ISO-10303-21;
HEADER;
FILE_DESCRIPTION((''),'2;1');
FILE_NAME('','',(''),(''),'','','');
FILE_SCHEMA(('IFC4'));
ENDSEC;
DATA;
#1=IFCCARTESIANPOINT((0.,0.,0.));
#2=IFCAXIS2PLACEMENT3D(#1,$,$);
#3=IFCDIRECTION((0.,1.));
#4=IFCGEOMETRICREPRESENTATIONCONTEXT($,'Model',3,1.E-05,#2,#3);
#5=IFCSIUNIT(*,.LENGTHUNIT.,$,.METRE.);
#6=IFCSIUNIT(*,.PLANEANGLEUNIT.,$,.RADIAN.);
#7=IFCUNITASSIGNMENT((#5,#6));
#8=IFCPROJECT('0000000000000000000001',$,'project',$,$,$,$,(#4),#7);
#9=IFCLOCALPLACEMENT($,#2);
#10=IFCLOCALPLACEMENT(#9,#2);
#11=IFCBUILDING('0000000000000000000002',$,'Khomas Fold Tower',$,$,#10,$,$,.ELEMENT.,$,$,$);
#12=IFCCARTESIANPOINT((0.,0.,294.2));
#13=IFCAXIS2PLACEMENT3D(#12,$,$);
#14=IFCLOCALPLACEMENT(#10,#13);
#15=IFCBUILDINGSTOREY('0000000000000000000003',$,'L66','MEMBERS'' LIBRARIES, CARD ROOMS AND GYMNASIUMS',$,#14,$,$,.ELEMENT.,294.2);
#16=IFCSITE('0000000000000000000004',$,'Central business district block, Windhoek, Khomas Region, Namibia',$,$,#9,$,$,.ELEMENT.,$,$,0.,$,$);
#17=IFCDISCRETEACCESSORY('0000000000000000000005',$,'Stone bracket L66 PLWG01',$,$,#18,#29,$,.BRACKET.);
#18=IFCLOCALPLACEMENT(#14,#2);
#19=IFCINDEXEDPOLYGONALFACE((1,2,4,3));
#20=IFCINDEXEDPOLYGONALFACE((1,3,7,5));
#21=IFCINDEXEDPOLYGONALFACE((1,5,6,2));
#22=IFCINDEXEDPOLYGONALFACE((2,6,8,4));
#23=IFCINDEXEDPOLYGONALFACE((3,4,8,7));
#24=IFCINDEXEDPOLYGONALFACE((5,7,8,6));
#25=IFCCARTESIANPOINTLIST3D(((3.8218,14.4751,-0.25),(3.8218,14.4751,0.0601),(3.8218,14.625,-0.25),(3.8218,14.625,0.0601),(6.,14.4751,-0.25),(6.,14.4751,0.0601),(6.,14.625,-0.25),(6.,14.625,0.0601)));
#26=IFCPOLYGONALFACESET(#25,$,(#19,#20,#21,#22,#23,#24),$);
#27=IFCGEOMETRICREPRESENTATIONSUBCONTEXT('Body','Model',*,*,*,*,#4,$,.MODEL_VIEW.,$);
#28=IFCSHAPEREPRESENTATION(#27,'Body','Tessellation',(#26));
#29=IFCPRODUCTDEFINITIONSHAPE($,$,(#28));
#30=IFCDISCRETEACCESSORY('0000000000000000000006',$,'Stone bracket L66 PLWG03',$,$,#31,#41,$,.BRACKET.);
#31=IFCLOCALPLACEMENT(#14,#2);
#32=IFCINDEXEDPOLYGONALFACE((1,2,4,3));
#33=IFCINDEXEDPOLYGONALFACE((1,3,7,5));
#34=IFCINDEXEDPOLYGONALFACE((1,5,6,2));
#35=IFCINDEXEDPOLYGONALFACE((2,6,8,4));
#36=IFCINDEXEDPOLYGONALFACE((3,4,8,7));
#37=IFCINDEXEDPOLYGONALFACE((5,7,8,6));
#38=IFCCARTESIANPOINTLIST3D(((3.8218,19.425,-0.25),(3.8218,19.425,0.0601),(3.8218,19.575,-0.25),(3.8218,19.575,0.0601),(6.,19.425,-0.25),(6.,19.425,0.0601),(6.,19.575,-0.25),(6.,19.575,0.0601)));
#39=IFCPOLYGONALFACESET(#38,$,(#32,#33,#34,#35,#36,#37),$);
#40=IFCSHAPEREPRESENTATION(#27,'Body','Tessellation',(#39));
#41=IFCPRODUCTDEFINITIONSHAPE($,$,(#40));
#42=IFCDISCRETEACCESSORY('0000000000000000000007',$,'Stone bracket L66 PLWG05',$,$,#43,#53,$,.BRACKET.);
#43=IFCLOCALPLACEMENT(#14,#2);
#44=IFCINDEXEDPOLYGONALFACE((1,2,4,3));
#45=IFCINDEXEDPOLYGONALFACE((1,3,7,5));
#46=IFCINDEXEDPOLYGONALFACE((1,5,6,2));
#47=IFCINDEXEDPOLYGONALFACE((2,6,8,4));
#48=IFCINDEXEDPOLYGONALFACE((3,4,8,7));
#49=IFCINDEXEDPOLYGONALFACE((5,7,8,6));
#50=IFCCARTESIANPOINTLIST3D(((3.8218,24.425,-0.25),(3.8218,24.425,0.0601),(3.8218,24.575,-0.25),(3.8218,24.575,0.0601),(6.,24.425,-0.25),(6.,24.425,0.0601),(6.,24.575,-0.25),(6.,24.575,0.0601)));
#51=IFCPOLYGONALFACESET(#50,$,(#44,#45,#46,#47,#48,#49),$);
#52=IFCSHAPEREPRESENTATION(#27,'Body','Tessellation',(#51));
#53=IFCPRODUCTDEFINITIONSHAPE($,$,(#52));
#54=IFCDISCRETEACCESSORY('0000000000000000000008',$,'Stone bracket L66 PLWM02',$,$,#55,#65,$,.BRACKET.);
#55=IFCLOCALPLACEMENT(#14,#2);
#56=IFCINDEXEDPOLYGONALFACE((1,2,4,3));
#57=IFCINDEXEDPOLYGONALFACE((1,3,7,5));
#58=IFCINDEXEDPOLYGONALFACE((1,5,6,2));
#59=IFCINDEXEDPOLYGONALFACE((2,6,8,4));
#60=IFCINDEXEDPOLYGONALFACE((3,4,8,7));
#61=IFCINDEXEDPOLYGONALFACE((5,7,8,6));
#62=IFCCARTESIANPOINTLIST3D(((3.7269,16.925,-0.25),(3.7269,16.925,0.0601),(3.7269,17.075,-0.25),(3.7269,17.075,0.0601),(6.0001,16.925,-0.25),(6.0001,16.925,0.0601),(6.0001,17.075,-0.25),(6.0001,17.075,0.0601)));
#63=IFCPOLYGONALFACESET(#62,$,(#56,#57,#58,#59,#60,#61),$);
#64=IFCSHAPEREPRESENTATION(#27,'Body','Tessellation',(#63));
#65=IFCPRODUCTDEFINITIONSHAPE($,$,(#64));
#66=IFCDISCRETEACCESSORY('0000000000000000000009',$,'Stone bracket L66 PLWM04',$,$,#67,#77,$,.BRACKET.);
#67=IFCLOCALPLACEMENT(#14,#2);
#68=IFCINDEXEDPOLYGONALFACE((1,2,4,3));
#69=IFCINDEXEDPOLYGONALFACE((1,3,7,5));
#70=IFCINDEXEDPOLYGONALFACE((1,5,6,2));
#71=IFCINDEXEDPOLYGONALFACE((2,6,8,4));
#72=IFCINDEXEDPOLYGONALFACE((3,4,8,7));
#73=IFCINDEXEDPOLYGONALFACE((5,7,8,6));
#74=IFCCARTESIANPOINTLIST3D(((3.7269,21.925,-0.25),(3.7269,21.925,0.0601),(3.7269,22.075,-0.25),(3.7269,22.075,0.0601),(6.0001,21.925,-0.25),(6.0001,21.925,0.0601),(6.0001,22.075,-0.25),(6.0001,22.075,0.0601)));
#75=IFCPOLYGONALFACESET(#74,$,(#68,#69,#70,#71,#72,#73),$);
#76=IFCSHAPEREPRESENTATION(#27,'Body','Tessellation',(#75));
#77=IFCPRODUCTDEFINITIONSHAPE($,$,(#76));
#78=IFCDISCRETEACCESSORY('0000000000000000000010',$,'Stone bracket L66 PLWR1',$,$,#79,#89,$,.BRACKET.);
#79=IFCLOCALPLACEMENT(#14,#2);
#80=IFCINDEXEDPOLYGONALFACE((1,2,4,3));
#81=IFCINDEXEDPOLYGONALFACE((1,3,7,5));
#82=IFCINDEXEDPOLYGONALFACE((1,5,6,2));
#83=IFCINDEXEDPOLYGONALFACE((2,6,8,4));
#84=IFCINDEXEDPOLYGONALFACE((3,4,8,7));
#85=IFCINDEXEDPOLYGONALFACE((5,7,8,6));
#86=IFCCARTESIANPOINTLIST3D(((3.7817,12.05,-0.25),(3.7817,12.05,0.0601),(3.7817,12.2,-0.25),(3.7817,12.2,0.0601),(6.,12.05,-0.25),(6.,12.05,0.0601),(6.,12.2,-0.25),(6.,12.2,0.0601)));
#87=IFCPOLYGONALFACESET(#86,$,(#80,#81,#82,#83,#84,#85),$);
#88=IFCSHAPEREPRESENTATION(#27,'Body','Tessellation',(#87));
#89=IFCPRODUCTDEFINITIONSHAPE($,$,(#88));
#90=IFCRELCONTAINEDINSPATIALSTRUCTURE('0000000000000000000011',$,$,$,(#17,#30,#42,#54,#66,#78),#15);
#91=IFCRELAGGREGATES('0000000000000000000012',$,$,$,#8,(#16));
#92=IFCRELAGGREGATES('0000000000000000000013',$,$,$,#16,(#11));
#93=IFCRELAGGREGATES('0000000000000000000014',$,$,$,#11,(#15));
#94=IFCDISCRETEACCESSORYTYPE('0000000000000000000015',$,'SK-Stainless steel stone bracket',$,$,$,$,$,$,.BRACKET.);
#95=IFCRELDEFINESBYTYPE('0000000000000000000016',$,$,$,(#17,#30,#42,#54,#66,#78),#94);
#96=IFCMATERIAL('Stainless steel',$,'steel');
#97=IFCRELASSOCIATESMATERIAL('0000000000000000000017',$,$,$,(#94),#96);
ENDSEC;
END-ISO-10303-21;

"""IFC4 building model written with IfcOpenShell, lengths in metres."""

from ifc_helpers import new_model, si_unit, direction, frame, origin, origin_2d, place, context, subcontext, project, spatial, rectangle, extrude, source, transform, mapped, material, type_object, element, save


model = new_model("IFC4")

# Units and contexts
model_context = context("Model", 3, precision=1e-05, world=origin(), true_north=direction((0.0, 1.0)))
body_context = subcontext(model_context, "Body", "Model", "MODEL_VIEW")
ifc_project = project(units=[si_unit("LENGTHUNIT", "METRE"), si_unit("PLANEANGLEUNIT", "RADIAN")], contexts=[model_context])

# Site, building, storey
site_placement = place(None, origin())
site = spatial("IfcSite", under=ifc_project, at=site_placement, Name="Central business district block, Windhoek, Khomas Region, Namibia", CompositionType="ELEMENT", RefElevation=0.0)
building_placement = place(site_placement, origin())
building = spatial("IfcBuilding", under=site, at=building_placement, Name="Khomas Fold Tower", CompositionType="ELEMENT")
storey_placement = place(building_placement, frame((0.0, 0.0, 294.2)))
storey = spatial("IfcBuildingStorey", under=building, at=storey_placement, Name="L66", Description="MEMBERS' LIBRARIES, CARD ROOMS AND GYMNASIUMS", CompositionType="ELEMENT", Elevation=294.2)

# Discrete accessories
ifc_material_1 = material(Name="Stainless steel", Category="steel")
discrete_accessory_type = type_object("IfcDiscreteAccessoryType", Name="SK-Stainless steel stone bracket", PredefinedType="BRACKET", material=ifc_material_1)
shared_shape_1 = source(origin(), body_context, "Body", "SweptSolid", [
    extrude(rectangle(XDim=2.1782, YDim=0.1499, at=origin_2d()), origin(), (0.0, 0.0, 1.0), 0.3101),
])
for number, where, z_axis, x_axis, name in (
    (1, (4.9109, 14.55, -0.25), (0.0, 0.0, 1.0), (-1.0, 0.0, 0.0), "Stone bracket L66 PLWG01"),
    (2, (4.9109, 19.5, -0.25), (0.0, 0.0, 1.0), (-1.0, 0.0, 0.0), "Stone bracket L66 PLWG03"),
    (3, (4.9109, 24.5, -0.25), (0.0, 0.0, 1.0), (-1.0, 0.0, 0.0), "Stone bracket L66 PLWG05"),
):
    element("IfcDiscreteAccessory", number, at=place(storey_placement, frame(where, z_axis=z_axis, x_axis=x_axis)), inside=storey, type_object=discrete_accessory_type, Name=name, PredefinedType="BRACKET", context=body_context, shape_type="MappedRepresentation", body=[
        mapped(shared_shape_1, transform((0.0, 0.0, 0.0))),
    ])
shared_shape_2 = source(origin(), body_context, "Body", "SweptSolid", [
    extrude(rectangle(XDim=2.2732, YDim=0.1499, at=origin_2d()), origin(), (0.0, 0.0, 1.0), 0.3101),
])
for number, where, z_axis, x_axis, name in (
    (4, (4.8635, 17.0, -0.25), (0.0, 0.0, 1.0), (-1.0, 0.0, 0.0), "Stone bracket L66 PLWM02"),
    (5, (4.8635, 22.0, -0.25), (0.0, 0.0, 1.0), (-1.0, 0.0, 0.0), "Stone bracket L66 PLWM04"),
):
    element("IfcDiscreteAccessory", number, at=place(storey_placement, frame(where, z_axis=z_axis, x_axis=x_axis)), inside=storey, type_object=discrete_accessory_type, Name=name, PredefinedType="BRACKET", context=body_context, shape_type="MappedRepresentation", body=[
        mapped(shared_shape_2, transform((0.0, 0.0, 0.0))),
    ])
shared_shape_3 = source(origin(), body_context, "Body", "SweptSolid", [
    extrude(rectangle(XDim=2.2183, YDim=0.1499, at=origin_2d()), origin(), (0.0, 0.0, 1.0), 0.3101),
])
discrete_accessory_placement = place(storey_placement, frame((4.8909, 12.125, -0.25), z_axis=(0.0, 0.0, 1.0), x_axis=(-1.0, 0.0, 0.0)))
element("IfcDiscreteAccessory", 6, at=discrete_accessory_placement, inside=storey, type_object=discrete_accessory_type, Name="Stone bracket L66 PLWR1", PredefinedType="BRACKET", context=body_context, shape_type="MappedRepresentation", body=[
    mapped(shared_shape_3, transform((0.0, 0.0, 0.0))),
])

save(model, "model.ifc")
